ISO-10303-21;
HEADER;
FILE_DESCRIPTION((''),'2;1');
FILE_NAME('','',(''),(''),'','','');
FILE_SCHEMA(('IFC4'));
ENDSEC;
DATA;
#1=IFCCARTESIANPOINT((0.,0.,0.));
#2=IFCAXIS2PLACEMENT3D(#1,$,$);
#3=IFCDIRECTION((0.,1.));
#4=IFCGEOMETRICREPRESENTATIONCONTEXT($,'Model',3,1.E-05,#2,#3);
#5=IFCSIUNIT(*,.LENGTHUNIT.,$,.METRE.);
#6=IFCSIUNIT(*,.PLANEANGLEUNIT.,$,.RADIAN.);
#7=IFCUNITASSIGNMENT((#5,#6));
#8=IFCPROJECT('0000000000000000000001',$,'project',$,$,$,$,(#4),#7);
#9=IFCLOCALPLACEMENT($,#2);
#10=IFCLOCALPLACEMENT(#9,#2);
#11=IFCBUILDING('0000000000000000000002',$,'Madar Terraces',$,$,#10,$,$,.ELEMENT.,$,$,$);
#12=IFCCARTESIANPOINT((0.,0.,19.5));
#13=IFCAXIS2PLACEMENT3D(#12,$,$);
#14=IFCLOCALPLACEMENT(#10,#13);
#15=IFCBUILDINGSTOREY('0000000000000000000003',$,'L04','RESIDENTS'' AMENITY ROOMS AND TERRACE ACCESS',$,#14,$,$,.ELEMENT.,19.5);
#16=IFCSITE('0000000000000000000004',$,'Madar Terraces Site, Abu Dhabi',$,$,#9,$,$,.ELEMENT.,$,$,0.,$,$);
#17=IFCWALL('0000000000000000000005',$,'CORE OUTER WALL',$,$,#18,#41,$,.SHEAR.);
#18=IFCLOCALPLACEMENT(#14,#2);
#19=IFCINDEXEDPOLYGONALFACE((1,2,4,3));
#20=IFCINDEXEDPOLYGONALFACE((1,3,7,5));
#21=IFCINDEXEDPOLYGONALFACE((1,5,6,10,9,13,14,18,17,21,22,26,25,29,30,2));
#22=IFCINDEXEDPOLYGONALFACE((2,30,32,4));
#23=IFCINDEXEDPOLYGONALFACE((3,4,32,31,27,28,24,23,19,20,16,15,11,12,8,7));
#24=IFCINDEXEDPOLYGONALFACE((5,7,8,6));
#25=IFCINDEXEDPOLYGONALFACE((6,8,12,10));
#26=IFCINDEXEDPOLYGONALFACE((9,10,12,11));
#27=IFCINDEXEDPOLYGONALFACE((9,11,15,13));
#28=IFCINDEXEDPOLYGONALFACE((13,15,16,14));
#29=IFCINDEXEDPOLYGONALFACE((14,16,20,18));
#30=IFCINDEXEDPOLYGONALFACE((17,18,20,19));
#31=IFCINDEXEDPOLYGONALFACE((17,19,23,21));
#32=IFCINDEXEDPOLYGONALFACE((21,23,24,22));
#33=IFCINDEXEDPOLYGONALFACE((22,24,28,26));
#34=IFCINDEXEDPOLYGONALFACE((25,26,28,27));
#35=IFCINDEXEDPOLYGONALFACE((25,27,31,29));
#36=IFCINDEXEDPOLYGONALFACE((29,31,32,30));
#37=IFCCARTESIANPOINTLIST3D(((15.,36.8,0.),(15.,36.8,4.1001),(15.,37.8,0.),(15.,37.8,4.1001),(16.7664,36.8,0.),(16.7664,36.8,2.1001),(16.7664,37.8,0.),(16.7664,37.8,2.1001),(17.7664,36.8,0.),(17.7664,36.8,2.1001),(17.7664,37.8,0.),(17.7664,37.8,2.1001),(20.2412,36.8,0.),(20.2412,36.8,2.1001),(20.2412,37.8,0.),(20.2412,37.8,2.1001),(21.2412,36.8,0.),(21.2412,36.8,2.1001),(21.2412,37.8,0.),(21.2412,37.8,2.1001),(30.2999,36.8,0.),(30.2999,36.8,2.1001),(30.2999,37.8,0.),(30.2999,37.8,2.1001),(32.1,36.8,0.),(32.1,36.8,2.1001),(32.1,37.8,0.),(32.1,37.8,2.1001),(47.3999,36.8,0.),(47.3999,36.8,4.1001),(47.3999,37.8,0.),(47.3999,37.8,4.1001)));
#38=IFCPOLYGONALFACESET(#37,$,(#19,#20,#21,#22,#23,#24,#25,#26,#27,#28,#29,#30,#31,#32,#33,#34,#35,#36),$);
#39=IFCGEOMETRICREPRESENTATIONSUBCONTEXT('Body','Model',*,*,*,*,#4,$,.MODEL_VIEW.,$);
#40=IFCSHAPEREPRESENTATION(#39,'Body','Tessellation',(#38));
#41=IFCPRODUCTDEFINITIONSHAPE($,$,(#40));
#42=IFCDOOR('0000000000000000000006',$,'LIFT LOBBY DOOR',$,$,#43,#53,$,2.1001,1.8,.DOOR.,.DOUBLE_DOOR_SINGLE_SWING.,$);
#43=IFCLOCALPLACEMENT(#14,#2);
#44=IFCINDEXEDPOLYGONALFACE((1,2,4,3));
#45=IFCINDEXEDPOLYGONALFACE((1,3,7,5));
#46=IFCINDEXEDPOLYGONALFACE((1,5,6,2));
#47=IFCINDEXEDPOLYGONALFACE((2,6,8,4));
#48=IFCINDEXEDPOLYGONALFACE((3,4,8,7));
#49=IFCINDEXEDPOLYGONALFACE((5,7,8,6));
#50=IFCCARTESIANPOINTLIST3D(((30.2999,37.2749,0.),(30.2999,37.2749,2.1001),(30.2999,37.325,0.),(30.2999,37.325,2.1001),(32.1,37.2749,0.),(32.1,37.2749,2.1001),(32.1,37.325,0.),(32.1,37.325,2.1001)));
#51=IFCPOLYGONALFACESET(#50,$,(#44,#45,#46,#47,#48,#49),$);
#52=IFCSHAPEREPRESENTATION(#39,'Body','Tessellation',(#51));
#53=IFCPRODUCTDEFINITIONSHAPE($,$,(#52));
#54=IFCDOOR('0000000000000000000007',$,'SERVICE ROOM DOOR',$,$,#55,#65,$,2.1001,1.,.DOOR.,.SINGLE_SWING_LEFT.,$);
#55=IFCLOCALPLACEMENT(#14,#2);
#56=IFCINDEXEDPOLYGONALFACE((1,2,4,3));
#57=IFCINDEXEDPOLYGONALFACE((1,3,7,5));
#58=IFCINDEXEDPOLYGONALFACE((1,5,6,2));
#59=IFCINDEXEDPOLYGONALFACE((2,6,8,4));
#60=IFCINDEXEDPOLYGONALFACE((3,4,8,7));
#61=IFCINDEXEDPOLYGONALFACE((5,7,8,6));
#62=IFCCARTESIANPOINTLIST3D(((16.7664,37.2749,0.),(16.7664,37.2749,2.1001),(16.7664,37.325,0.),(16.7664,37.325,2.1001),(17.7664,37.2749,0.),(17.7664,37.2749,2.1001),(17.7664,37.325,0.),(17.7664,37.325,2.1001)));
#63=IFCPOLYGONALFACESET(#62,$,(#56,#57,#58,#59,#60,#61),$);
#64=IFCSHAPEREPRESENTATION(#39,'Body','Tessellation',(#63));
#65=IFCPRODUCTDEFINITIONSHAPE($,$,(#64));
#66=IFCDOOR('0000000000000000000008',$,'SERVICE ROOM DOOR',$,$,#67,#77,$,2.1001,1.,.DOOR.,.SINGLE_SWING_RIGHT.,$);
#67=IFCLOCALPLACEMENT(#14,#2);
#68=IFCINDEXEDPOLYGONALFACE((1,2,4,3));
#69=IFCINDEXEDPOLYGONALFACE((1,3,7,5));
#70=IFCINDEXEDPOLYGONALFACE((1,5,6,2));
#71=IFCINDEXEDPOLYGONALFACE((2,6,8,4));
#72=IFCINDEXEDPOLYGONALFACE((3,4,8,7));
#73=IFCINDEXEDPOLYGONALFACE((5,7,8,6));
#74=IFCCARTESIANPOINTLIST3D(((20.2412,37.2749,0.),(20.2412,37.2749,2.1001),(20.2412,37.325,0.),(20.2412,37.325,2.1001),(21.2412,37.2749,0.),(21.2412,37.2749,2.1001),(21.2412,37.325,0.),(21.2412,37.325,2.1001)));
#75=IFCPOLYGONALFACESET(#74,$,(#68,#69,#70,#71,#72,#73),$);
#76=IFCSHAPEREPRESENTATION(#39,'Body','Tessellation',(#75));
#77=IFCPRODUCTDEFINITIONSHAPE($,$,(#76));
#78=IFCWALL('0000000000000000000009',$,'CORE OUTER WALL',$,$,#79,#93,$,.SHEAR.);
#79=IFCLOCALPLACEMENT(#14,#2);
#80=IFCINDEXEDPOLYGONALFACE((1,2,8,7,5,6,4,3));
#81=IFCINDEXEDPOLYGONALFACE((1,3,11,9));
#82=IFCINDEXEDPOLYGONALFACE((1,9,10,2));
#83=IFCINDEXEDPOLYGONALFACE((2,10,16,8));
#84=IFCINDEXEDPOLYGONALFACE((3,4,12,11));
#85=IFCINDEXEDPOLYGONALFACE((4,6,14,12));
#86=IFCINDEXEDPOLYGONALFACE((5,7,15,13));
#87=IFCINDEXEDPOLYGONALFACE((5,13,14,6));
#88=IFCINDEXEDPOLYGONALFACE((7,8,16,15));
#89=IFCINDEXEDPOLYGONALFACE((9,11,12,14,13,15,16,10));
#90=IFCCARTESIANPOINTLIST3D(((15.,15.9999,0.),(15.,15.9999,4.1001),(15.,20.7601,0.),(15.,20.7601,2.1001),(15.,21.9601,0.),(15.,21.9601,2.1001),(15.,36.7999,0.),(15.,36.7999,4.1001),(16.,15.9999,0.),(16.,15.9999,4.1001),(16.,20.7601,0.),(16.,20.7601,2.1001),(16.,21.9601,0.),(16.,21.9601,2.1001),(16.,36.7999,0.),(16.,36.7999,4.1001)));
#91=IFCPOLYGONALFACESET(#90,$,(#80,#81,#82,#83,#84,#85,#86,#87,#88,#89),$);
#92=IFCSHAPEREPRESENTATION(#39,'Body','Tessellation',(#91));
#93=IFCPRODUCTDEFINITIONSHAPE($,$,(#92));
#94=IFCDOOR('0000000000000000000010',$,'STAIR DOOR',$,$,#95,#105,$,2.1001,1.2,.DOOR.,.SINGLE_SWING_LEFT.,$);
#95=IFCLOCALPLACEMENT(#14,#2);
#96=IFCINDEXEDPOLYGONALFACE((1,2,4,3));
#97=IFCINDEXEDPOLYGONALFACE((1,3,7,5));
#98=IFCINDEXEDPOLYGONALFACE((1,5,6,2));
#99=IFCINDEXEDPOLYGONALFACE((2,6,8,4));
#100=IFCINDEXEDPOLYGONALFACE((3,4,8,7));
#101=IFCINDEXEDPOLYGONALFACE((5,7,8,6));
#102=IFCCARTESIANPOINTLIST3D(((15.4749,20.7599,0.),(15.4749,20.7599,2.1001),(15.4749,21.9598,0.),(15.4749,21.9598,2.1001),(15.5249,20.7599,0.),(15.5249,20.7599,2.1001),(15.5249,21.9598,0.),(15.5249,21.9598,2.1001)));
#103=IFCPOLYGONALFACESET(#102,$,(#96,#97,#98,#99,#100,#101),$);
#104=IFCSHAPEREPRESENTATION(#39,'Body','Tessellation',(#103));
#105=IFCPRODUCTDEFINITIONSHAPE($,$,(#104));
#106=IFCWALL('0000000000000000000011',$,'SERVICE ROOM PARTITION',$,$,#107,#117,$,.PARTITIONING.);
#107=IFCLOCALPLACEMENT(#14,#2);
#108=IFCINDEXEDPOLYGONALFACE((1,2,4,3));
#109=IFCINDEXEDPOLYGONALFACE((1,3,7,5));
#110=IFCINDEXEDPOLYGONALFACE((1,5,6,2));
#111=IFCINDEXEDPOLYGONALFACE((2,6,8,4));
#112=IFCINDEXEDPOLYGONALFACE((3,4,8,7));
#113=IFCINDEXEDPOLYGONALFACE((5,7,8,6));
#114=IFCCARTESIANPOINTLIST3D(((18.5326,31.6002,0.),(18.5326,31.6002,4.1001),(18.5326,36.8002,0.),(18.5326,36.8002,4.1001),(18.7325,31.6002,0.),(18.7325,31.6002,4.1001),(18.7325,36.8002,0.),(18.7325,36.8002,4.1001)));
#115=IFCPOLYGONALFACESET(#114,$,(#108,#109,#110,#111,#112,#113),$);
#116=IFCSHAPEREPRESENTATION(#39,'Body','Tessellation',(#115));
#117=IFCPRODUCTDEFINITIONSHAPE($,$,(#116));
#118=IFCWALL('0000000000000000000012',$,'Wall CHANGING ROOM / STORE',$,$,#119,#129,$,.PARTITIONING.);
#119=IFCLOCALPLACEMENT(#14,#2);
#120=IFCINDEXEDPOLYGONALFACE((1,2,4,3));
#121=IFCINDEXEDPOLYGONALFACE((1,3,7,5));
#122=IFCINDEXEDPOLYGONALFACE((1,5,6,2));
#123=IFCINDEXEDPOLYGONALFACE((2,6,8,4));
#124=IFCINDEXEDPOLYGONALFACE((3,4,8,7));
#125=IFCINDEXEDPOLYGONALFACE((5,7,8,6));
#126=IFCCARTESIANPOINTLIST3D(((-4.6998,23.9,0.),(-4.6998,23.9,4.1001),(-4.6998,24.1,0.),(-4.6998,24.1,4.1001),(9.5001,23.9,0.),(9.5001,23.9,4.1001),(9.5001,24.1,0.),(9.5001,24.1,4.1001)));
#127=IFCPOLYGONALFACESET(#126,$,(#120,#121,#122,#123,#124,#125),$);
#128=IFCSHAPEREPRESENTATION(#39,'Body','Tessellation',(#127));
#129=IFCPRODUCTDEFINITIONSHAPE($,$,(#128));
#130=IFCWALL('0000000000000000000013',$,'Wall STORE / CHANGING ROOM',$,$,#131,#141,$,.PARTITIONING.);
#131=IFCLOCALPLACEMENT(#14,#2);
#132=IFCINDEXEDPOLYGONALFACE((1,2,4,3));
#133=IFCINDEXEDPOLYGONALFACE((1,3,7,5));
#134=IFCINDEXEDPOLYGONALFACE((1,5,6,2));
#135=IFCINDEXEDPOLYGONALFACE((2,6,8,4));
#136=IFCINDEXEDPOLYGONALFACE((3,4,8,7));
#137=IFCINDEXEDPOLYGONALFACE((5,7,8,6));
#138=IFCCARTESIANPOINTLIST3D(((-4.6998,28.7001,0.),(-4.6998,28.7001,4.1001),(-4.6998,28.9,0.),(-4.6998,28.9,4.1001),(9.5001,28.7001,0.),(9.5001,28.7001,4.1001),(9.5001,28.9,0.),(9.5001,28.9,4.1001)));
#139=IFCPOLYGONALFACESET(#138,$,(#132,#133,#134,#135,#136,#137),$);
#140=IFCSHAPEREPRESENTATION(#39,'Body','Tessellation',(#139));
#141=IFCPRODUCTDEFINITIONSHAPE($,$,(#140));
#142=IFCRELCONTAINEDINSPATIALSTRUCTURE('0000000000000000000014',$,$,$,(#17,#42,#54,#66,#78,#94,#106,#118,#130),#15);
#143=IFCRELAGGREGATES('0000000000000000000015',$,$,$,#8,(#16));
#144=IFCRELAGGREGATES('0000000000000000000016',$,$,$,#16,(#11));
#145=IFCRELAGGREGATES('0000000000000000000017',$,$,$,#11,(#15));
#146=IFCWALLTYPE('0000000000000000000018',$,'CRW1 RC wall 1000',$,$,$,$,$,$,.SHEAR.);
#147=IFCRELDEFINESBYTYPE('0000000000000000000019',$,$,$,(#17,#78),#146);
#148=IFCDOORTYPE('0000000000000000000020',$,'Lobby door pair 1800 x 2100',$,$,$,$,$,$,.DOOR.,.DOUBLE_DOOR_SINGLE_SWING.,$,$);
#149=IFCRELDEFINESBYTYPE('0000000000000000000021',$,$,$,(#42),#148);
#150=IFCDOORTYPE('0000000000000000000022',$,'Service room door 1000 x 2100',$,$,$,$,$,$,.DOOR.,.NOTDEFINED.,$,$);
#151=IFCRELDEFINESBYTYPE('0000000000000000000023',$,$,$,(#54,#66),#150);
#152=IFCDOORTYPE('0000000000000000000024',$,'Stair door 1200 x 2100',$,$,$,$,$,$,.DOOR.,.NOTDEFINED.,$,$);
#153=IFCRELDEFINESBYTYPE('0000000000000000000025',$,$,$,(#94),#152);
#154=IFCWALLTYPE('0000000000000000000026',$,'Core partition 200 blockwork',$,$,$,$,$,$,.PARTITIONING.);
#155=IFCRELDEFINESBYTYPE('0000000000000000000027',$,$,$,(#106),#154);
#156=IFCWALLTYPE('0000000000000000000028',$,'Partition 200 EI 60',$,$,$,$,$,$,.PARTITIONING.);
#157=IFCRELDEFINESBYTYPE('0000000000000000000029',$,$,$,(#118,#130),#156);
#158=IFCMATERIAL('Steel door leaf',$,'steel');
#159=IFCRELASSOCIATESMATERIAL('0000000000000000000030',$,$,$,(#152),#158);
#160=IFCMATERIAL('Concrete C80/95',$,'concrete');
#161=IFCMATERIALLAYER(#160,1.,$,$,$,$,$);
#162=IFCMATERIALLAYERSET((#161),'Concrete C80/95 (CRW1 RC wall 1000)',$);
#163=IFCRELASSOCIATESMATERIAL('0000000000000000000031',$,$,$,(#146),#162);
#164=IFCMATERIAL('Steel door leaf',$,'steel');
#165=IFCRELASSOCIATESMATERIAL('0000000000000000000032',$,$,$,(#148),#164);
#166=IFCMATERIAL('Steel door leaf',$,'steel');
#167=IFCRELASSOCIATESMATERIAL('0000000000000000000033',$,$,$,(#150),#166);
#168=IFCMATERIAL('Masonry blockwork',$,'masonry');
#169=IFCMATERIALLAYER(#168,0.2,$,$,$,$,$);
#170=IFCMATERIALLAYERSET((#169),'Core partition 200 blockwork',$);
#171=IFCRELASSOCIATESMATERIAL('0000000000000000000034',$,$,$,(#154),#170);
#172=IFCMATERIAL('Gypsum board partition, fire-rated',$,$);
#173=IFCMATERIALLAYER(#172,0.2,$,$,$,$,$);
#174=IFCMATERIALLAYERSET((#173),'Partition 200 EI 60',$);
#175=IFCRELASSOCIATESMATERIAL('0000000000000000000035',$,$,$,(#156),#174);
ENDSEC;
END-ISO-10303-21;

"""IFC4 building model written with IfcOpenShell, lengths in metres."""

from ifc_helpers import new_model, si_unit, direction, frame, frame_2d, origin, place, context, subcontext, project, spatial, rectangle, extrude, material, layer, layer_set, type_object, element, fill, save


model = new_model("IFC4")

# Units and contexts
model_context = context("Model", 3, precision=1e-05, world=origin(), true_north=direction((0.0, 1.0)))
body_context = subcontext(model_context, "Body", "Model", "MODEL_VIEW")
ifc_project = project(units=[si_unit("LENGTHUNIT", "METRE"), si_unit("PLANEANGLEUNIT", "RADIAN")], contexts=[model_context])

# Site, building, storey
site_placement = place(None, origin())
site = spatial("IfcSite", under=ifc_project, at=site_placement, Name="Madar Terraces Site, Abu Dhabi", CompositionType="ELEMENT", RefElevation=0.0)
building_placement = place(site_placement, origin())
building = spatial("IfcBuilding", under=site, at=building_placement, Name="Madar Terraces", CompositionType="ELEMENT")
storey_placement = place(building_placement, frame((0.0, 0.0, 19.5)))
storey = spatial("IfcBuildingStorey", under=building, at=storey_placement, Name="L04", Description="RESIDENTS' AMENITY ROOMS AND TERRACE ACCESS", CompositionType="ELEMENT", Elevation=19.5)

# Shared definitions
ifc_material_1 = material(Name="Steel door leaf", Category="steel")
door_type_1 = type_object("IfcDoorType", Name="Stair door 1200 x 2100", OperationType="NOTDEFINED", PredefinedType="DOOR", material=ifc_material_1)

# Wall, openings, doors
ifc_material_2 = material(Name="Concrete C80/95", Category="concrete")
ifc_layer_1 = layer(ifc_material_2, 1.0)
ifc_layer_set_1 = layer_set([ifc_layer_1], Name="Concrete C80/95 (CRW1 RC wall 1000)")
wall_type_1 = type_object("IfcWallType", Name="CRW1 RC wall 1000", PredefinedType="SHEAR", material=ifc_layer_set_1)
wall_1_placement = place(storey_placement, frame((15.0, 37.3, 0.0), z_axis=(0.0, 0.0, 1.0), x_axis=(1.0, 0.0, 0.0)))
wall_1 = element("IfcWall", 1, at=wall_1_placement, inside=storey, type_object=wall_type_1, Name="CORE OUTER WALL", PredefinedType="SHEAR", context=body_context, shape_type="SweptSolid", body=[
    extrude(rectangle(XDim=32.3999, YDim=1.0, at=frame_2d((16.2, 0.0))), origin(), (0.0, 0.0, 1.0), 4.1001),
])
opening_1_placement = place(wall_1_placement, frame((15.3, 0.0, 0.0)))
opening_1 = element("IfcOpeningElement", 2, at=opening_1_placement, cuts=wall_1, PredefinedType="OPENING", context=body_context, shape_type="SweptSolid", body=[
    extrude(rectangle(XDim=1.8, YDim=2.1001, at=frame_2d((0.8999, 1.05))), frame((0.0, 0.51, 0.0), z_axis=(0.0, -1.0, 0.0), x_axis=(1.0, 0.0, 0.0)), (0.0, 0.0, 1.0), 1.02),
])
opening_2_placement = place(wall_1_placement, frame((1.7664, 0.0, 0.0)))
opening_2 = element("IfcOpeningElement", 3, at=opening_2_placement, cuts=wall_1, PredefinedType="OPENING", context=body_context, shape_type="SweptSolid", body=[
    extrude(rectangle(XDim=1.0, YDim=2.1001, at=frame_2d((0.5, 1.05))), frame((0.0, 0.51, 0.0), z_axis=(0.0, -1.0, 0.0), x_axis=(1.0, 0.0, 0.0)), (0.0, 0.0, 1.0), 1.02),
])
opening_3_placement = place(wall_1_placement, frame((5.2412, 0.0, 0.0)))
opening_3 = element("IfcOpeningElement", 4, at=opening_3_placement, cuts=wall_1, PredefinedType="OPENING", context=body_context, shape_type="SweptSolid", body=[
    extrude(rectangle(XDim=1.0, YDim=2.1001, at=frame_2d((0.5, 1.05))), frame((0.0, 0.51, 0.0), z_axis=(0.0, -1.0, 0.0), x_axis=(1.0, 0.0, 0.0)), (0.0, 0.0, 1.0), 1.02),
])
ifc_material_3 = material(Name="Steel door leaf", Category="steel")
door_type_2 = type_object("IfcDoorType", Name="Lobby door pair 1800 x 2100", OperationType="DOUBLE_DOOR_SINGLE_SWING", PredefinedType="DOOR", material=ifc_material_3)
door_1_placement = place(opening_1_placement, origin())
door_1 = element("IfcDoor", 5, at=door_1_placement, inside=storey, type_object=door_type_2, Name="LIFT LOBBY DOOR", OperationType="DOUBLE_DOOR_SINGLE_SWING", OverallHeight=2.1001, OverallWidth=1.8, PredefinedType="DOOR", context=body_context, shape_type="SweptSolid", body=[
    extrude(rectangle(XDim=1.8, YDim=2.1001, at=frame_2d((0.8999, 1.05))), frame((0.0, 0.0249, 0.0), z_axis=(0.0, -1.0, 0.0), x_axis=(1.0, 0.0, 0.0)), (0.0, 0.0, 1.0), 0.05),
])
fill(opening_1, door_1)
ifc_material_4 = material(Name="Steel door leaf", Category="steel")
door_type_3 = type_object("IfcDoorType", Name="Service room door 1000 x 2100", OperationType="NOTDEFINED", PredefinedType="DOOR", material=ifc_material_4)
door_2_placement = place(opening_2_placement, origin())
door_2 = element("IfcDoor", 6, at=door_2_placement, inside=storey, type_object=door_type_3, Name="SERVICE ROOM DOOR", OperationType="SINGLE_SWING_LEFT", OverallHeight=2.1001, OverallWidth=1.0, PredefinedType="DOOR", context=body_context, shape_type="SweptSolid", body=[
    extrude(rectangle(XDim=1.0, YDim=2.1001, at=frame_2d((0.5, 1.05))), frame((0.0, 0.0249, 0.0), z_axis=(0.0, -1.0, 0.0), x_axis=(1.0, 0.0, 0.0)), (0.0, 0.0, 1.0), 0.05),
])
fill(opening_2, door_2)
door_3_placement = place(opening_3_placement, origin())
door_3 = element("IfcDoor", 7, at=door_3_placement, inside=storey, type_object=door_type_3, Name="SERVICE ROOM DOOR", OperationType="SINGLE_SWING_RIGHT", OverallHeight=2.1001, OverallWidth=1.0, PredefinedType="DOOR", context=body_context, shape_type="SweptSolid", body=[
    extrude(rectangle(XDim=1.0, YDim=2.1001, at=frame_2d((0.5, 1.05))), frame((0.0, 0.0249, 0.0), z_axis=(0.0, -1.0, 0.0), x_axis=(1.0, 0.0, 0.0)), (0.0, 0.0, 1.0), 0.05),
])
fill(opening_3, door_3)

# Wall, opening, door
wall_2_placement = place(storey_placement, frame((15.5, 16.0, 0.0), z_axis=(0.0, 0.0, 1.0), x_axis=(0.0, 1.0, 0.0)))
wall_2 = element("IfcWall", 8, at=wall_2_placement, inside=storey, type_object=wall_type_1, Name="CORE OUTER WALL", PredefinedType="SHEAR", context=body_context, shape_type="SweptSolid", body=[
    extrude(rectangle(XDim=20.8, YDim=1.0, at=frame_2d((10.3999, 0.0))), origin(), (0.0, 0.0, 1.0), 4.1001),
])
opening_4_placement = place(wall_2_placement, frame((4.76, 0.0, 0.0)))
opening_4 = element("IfcOpeningElement", 9, at=opening_4_placement, cuts=wall_2, PredefinedType="OPENING", context=body_context, shape_type="SweptSolid", body=[
    extrude(rectangle(XDim=1.2, YDim=2.1001, at=frame_2d((0.6001, 1.05))), frame((0.0, 0.51, 0.0), z_axis=(0.0, -1.0, 0.0), x_axis=(1.0, 0.0, 0.0)), (0.0, 0.0, 1.0), 1.02),
])
door_4_placement = place(opening_4_placement, frame((1.2, 0.0, 0.0), z_axis=(0.0, 0.0, 1.0), x_axis=(-1.0, 0.0, 0.0)))
door_4 = element("IfcDoor", 10, at=door_4_placement, inside=storey, type_object=door_type_1, Name="STAIR DOOR", OperationType="SINGLE_SWING_LEFT", OverallHeight=2.1001, OverallWidth=1.2, PredefinedType="DOOR", context=body_context, shape_type="SweptSolid", body=[
    extrude(rectangle(XDim=1.2, YDim=2.1001, at=frame_2d((0.6001, 1.05))), frame((0.0, 0.0249, 0.0), z_axis=(0.0, -1.0, 0.0), x_axis=(1.0, 0.0, 0.0)), (0.0, 0.0, 1.0), 0.05),
])
fill(opening_4, door_4)

# Walls
ifc_material_5 = material(Name="Masonry blockwork", Category="masonry")
ifc_layer_2 = layer(ifc_material_5, 0.2)
ifc_layer_set_2 = layer_set([ifc_layer_2], Name="Core partition 200 blockwork")
wall_type_2 = type_object("IfcWallType", Name="Core partition 200 blockwork", PredefinedType="PARTITIONING", material=ifc_layer_set_2)
wall_3_placement = place(storey_placement, frame((18.6326, 31.6001, 0.0), z_axis=(0.0, 0.0, 1.0), x_axis=(0.0, 1.0, 0.0)))
element("IfcWall", 11, at=wall_3_placement, inside=storey, type_object=wall_type_2, Name="SERVICE ROOM PARTITION", PredefinedType="PARTITIONING", context=body_context, shape_type="SweptSolid", body=[
    extrude(rectangle(XDim=5.2, YDim=0.2, at=frame_2d((2.6001, 0.0))), origin(), (0.0, 0.0, 1.0), 4.1001),
])
ifc_material_6 = material(Name="Gypsum board partition, fire-rated")
ifc_layer_3 = layer(ifc_material_6, 0.2)
ifc_layer_set_3 = layer_set([ifc_layer_3], Name="Partition 200 EI 60")
wall_type_3 = type_object("IfcWallType", Name="Partition 200 EI 60", PredefinedType="PARTITIONING", material=ifc_layer_set_3)
for number, where, z_axis, x_axis, name in (
    (12, (-4.7, 24.0, 0.0), (0.0, 0.0, 1.0), (1.0, 0.0, 0.0), "Wall CHANGING ROOM / STORE"),
    (13, (-4.7, 28.8, 0.0), (0.0, 0.0, 1.0), (1.0, 0.0, 0.0), "Wall STORE / CHANGING ROOM"),
):
    element("IfcWall", number, at=place(storey_placement, frame(where, z_axis=z_axis, x_axis=x_axis)), inside=storey, type_object=wall_type_3, Name=name, PredefinedType="PARTITIONING", context=body_context, shape_type="SweptSolid", body=[
        extrude(rectangle(XDim=14.2, YDim=0.2, at=frame_2d((7.1001, 0.0))), origin(), (0.0, 0.0, 1.0), 4.1001),
    ])

save(model, "model.ifc")
